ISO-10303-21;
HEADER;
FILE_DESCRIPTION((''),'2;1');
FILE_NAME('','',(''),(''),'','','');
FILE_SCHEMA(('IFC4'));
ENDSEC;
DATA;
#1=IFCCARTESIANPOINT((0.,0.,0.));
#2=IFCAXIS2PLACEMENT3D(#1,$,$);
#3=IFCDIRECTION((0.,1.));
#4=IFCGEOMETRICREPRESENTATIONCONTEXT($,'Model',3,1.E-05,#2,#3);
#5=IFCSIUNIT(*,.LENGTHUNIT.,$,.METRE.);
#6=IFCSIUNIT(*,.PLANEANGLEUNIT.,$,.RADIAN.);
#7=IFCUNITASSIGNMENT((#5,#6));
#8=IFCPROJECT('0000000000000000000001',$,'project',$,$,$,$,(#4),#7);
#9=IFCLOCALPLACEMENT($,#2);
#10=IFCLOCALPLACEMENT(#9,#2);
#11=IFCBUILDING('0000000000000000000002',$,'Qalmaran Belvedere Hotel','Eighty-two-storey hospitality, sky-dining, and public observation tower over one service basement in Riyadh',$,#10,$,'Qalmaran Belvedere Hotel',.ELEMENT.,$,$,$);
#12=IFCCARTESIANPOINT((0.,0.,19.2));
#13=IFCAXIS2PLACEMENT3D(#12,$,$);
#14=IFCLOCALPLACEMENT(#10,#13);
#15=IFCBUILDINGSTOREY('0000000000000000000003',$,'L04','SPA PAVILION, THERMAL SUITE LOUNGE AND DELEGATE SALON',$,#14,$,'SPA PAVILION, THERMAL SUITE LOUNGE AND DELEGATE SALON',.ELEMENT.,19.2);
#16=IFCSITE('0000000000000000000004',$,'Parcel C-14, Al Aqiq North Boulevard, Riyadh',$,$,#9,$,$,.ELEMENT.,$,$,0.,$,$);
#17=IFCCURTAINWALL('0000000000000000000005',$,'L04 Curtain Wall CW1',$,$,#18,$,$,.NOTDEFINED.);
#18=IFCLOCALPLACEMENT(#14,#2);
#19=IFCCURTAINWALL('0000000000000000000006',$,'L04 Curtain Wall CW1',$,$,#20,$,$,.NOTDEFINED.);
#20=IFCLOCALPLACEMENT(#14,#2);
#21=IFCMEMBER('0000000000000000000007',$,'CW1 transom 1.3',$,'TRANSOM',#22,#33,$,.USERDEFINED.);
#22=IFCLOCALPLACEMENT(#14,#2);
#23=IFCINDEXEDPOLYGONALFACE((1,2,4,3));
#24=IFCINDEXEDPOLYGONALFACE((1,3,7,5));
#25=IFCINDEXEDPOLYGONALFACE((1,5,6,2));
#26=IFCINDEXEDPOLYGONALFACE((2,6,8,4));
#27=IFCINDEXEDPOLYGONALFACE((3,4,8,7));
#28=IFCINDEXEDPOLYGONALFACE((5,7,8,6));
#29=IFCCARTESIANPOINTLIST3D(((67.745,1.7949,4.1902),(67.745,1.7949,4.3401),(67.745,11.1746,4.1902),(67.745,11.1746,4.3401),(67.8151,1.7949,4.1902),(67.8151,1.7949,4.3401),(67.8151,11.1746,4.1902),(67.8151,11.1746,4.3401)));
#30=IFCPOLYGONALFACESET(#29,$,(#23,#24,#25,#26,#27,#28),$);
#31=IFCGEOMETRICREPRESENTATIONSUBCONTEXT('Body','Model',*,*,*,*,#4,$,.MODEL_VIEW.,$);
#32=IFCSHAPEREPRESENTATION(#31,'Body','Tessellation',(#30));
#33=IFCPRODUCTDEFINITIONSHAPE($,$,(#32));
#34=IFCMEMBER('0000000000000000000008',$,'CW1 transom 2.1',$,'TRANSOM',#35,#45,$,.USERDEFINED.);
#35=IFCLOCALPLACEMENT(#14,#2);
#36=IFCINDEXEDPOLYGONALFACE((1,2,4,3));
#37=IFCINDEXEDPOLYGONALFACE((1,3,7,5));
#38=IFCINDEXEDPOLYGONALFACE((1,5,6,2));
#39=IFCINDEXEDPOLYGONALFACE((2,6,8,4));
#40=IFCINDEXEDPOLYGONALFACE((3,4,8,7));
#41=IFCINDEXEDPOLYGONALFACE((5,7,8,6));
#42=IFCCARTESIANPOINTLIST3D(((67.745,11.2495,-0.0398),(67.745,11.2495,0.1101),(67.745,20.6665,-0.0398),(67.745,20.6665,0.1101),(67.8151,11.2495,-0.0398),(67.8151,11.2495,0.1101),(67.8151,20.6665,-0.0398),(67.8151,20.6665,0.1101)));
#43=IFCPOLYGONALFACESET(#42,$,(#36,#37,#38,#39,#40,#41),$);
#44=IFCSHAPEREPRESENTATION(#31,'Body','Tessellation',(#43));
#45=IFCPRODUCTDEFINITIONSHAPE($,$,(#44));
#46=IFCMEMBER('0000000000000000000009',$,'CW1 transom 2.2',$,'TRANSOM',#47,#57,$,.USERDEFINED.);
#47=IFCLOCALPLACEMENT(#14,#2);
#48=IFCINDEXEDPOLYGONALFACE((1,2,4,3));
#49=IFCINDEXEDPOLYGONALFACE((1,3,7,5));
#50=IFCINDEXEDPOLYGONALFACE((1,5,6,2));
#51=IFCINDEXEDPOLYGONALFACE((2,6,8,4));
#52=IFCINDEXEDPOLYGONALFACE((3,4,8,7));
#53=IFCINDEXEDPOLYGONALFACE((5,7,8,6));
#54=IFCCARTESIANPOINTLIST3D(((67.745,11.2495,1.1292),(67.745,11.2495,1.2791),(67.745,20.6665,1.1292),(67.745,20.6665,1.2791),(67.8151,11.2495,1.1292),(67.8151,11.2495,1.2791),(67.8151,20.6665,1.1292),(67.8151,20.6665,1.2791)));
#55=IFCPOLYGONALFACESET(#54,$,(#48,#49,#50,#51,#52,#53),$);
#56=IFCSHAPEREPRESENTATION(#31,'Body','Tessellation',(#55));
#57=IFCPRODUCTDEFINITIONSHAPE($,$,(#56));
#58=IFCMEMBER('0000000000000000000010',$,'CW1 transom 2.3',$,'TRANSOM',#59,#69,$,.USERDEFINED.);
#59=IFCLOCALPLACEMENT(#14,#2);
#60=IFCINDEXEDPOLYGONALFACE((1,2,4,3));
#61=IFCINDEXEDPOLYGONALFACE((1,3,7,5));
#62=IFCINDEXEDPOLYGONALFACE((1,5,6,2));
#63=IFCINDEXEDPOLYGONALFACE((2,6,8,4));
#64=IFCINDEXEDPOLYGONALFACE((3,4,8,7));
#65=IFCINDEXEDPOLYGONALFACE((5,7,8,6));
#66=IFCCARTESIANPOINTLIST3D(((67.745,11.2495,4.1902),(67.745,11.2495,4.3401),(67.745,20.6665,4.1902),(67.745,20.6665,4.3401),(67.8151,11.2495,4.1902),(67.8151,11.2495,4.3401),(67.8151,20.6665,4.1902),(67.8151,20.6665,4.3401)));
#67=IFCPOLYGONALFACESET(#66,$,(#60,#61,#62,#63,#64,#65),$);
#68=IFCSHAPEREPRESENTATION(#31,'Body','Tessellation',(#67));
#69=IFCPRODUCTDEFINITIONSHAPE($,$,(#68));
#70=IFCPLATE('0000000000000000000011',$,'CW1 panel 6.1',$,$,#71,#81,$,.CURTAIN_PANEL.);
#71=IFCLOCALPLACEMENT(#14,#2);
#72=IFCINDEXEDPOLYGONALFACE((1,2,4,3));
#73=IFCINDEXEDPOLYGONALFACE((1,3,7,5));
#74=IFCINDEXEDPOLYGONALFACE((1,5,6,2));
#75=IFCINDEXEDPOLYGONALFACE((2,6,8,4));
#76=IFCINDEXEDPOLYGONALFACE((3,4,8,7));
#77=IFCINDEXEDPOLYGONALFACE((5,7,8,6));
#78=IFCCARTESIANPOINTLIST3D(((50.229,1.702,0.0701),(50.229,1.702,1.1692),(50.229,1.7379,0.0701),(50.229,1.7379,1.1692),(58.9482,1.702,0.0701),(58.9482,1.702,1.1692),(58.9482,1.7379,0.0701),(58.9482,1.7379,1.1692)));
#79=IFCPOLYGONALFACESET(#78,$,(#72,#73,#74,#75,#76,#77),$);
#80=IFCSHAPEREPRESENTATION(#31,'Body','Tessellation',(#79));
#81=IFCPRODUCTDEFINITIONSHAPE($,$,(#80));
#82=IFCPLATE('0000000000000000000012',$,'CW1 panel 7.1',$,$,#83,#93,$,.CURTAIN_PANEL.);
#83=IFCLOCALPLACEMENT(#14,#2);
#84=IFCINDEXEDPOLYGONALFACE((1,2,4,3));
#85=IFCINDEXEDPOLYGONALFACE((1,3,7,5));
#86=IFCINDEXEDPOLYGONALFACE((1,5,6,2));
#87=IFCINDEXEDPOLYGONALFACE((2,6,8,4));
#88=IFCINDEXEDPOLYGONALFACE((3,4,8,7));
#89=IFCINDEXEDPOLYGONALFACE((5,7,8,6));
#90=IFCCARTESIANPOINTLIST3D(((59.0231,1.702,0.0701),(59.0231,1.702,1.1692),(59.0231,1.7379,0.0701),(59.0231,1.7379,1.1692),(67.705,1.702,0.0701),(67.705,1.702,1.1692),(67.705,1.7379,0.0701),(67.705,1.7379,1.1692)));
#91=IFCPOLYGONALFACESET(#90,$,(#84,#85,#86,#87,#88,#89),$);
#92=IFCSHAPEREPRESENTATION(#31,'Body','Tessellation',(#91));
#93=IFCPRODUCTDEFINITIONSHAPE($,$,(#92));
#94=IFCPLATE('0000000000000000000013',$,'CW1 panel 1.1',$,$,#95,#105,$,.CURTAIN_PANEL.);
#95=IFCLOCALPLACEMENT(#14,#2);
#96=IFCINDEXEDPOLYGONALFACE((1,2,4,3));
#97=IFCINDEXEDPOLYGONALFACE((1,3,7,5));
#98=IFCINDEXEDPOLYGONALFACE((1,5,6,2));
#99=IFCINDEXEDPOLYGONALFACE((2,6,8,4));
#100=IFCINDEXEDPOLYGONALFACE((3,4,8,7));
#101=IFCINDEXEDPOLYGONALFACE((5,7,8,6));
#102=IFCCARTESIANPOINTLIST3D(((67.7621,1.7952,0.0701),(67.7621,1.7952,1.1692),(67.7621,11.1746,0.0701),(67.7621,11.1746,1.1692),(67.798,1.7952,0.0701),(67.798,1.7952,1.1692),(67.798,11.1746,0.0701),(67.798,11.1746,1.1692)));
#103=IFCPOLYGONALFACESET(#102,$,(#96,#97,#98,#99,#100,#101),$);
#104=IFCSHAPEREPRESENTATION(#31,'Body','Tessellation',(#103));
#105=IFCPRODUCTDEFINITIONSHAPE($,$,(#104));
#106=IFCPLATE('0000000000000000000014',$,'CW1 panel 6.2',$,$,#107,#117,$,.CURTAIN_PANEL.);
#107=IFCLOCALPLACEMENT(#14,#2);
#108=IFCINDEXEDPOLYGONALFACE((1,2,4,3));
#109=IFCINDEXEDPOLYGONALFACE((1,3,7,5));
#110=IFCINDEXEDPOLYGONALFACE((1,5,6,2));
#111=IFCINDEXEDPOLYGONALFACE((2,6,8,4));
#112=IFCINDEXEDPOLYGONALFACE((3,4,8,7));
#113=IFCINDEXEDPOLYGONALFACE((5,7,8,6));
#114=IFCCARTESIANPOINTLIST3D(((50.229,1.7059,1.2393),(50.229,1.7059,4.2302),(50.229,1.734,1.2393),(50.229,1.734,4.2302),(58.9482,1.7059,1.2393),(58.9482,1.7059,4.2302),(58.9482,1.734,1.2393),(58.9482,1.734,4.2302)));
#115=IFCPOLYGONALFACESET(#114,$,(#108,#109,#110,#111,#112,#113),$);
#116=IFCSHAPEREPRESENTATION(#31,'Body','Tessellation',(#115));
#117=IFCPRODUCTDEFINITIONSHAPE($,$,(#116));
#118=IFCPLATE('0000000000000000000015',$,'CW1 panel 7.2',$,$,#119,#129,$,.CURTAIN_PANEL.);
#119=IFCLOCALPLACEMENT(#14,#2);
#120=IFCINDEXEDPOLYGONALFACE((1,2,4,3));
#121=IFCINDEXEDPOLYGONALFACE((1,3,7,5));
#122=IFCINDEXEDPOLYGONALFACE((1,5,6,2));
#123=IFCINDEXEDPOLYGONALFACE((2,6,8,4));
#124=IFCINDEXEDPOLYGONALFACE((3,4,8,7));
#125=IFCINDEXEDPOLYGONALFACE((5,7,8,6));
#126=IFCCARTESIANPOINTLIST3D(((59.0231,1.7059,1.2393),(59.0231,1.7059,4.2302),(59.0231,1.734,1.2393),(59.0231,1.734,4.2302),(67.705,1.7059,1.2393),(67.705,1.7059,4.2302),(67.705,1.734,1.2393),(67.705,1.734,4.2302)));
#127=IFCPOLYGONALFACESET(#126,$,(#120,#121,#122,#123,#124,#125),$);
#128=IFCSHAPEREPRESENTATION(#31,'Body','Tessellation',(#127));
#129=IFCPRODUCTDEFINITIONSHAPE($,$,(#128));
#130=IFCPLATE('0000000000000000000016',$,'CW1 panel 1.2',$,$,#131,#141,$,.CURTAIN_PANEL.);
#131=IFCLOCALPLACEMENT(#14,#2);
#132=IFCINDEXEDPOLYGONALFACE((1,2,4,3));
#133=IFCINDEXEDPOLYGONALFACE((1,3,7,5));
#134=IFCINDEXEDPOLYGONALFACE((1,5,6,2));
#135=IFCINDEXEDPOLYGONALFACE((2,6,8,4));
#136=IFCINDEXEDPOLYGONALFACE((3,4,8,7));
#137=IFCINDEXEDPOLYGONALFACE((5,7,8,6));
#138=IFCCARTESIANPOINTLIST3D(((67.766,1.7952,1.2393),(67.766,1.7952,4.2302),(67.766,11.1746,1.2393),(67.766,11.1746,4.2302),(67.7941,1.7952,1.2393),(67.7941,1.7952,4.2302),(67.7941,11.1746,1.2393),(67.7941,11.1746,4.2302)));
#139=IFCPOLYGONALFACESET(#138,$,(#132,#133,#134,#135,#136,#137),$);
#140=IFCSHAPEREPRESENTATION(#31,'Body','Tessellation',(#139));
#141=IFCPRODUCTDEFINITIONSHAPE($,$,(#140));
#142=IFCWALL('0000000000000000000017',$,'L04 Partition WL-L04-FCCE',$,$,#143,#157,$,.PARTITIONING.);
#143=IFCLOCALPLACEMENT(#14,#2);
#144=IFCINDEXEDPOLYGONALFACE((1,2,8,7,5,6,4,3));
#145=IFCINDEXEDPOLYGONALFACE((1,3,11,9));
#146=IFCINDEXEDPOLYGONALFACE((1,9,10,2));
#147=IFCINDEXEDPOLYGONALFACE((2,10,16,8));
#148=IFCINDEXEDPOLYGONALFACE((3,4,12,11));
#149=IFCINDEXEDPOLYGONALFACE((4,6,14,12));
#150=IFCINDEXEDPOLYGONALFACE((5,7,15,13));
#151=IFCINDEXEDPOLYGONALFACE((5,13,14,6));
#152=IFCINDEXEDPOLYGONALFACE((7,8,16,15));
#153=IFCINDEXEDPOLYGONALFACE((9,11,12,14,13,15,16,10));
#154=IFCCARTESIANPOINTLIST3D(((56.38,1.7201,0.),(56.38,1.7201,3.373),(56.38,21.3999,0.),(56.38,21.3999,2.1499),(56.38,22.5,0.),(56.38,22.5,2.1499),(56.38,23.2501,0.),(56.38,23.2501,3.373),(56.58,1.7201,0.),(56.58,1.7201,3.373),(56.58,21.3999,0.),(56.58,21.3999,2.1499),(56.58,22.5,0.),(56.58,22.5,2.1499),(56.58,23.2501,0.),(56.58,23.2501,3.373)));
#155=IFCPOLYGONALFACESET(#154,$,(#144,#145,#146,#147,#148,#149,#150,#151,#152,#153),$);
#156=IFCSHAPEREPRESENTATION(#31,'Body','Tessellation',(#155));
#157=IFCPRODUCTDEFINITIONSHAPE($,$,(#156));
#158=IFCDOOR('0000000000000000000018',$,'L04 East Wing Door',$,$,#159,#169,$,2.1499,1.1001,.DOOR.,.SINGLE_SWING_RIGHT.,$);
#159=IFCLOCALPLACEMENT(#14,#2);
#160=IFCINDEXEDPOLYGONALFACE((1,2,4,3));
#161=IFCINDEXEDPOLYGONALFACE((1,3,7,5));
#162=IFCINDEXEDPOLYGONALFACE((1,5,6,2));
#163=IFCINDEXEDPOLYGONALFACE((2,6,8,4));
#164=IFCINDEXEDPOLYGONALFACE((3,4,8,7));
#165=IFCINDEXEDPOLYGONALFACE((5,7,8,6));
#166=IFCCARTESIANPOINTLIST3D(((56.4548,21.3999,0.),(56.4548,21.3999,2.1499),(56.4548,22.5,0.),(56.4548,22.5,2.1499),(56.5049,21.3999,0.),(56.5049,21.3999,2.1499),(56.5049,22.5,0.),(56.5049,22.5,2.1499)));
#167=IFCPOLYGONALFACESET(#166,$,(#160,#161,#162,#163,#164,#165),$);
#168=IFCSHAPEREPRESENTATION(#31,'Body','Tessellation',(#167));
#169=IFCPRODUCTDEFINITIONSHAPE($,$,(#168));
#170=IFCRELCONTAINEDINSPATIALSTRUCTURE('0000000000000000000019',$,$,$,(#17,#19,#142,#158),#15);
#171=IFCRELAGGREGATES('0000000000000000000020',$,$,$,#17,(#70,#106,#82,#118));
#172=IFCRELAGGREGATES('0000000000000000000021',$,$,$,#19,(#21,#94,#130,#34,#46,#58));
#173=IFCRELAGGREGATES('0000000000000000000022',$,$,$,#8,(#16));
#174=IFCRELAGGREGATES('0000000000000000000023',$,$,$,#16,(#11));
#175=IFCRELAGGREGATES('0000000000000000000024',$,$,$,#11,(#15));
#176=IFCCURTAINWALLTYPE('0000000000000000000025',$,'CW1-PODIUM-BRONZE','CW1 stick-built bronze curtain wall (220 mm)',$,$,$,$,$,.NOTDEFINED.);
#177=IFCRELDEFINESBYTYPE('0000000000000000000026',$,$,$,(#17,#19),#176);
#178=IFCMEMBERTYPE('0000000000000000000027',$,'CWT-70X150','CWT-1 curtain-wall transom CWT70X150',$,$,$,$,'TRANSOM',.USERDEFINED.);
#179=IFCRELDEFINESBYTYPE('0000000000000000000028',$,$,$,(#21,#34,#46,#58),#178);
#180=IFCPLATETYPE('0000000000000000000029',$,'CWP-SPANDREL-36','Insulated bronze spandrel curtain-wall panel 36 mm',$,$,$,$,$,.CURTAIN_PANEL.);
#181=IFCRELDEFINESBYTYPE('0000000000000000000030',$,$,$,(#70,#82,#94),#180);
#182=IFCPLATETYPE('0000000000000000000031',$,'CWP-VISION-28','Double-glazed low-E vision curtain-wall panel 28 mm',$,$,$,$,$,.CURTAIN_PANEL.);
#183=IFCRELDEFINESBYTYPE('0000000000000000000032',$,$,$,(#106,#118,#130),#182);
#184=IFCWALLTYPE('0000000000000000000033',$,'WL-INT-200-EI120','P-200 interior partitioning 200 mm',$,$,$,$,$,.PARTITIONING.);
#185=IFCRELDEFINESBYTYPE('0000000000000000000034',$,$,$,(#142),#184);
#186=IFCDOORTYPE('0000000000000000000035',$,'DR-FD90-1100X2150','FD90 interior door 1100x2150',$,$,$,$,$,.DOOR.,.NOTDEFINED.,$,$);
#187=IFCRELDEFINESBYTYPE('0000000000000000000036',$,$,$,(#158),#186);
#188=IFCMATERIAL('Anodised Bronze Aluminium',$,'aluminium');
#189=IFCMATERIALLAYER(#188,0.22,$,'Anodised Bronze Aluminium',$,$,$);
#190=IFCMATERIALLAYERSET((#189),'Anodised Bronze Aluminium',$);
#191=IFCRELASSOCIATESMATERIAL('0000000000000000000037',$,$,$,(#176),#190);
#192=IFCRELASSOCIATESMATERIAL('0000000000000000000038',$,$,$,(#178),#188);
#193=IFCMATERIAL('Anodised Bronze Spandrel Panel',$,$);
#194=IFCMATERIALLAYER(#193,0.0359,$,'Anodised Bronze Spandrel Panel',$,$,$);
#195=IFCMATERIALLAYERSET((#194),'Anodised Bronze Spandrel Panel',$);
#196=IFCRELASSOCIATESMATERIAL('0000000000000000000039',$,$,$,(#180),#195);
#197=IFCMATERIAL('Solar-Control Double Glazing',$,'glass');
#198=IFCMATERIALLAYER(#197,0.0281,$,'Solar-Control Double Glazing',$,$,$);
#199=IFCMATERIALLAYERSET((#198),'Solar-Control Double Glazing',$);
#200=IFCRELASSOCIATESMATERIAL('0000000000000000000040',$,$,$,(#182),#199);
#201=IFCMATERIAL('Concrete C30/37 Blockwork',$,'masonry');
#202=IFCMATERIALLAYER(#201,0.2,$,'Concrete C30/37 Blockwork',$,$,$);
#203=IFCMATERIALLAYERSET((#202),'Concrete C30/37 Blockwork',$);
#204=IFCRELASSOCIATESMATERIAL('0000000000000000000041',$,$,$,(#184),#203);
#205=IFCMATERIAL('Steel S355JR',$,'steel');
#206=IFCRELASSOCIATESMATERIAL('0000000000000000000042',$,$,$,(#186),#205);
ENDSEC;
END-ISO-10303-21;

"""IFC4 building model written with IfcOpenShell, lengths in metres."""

from ifc_helpers import new_model, si_unit, direction, frame, frame_2d, origin, origin_2d, place, context, subcontext, project, spatial, rectangle, extrude, material, layer, layer_set, material_profile, profile_set, type_object, element, fill, aggregate, save


model = new_model("IFC4")

# Units and contexts
model_context = context("Model", 3, precision=1e-05, world=origin(), true_north=direction((0.0, 1.0)))
body_context = subcontext(model_context, "Body", "Model", "MODEL_VIEW")
ifc_project = project(units=[si_unit("LENGTHUNIT", "METRE"), si_unit("PLANEANGLEUNIT", "RADIAN")], contexts=[model_context])

# Site, building, storey
site_placement = place(None, origin())
site = spatial("IfcSite", under=ifc_project, at=site_placement, Name="Parcel C-14, Al Aqiq North Boulevard, Riyadh", CompositionType="ELEMENT", RefElevation=0.0)
building_placement = place(site_placement, origin())
building = spatial("IfcBuilding", under=site, at=building_placement, Name="Qalmaran Belvedere Hotel", Description="Eighty-two-storey hospitality, sky-dining, and public observation tower over one service basement in Riyadh", LongName="Qalmaran Belvedere Hotel", CompositionType="ELEMENT")
storey_placement = place(building_placement, frame((0.0, 0.0, 19.2)))
storey = spatial("IfcBuildingStorey", under=building, at=storey_placement, Name="L04", Description="SPA PAVILION, THERMAL SUITE LOUNGE AND DELEGATE SALON", LongName="SPA PAVILION, THERMAL SUITE LOUNGE AND DELEGATE SALON", CompositionType="ELEMENT", Elevation=19.2)

# Shared definitions
ifc_material_1 = material(Name="Steel S355JR", Category="steel")

# Curtain walls
ifc_material_2 = material(Name="Anodised Bronze Aluminium", Category="aluminium")
ifc_layer_1 = layer(ifc_material_2, 0.22, Name="Anodised Bronze Aluminium")
ifc_layer_set_1 = layer_set([ifc_layer_1], Name="Anodised Bronze Aluminium")
curtain_wall_type = type_object("IfcCurtainWallType", Name="CW1-PODIUM-BRONZE", Description="CW1 stick-built bronze curtain wall (220 mm)", PredefinedType="NOTDEFINED", material=ifc_layer_set_1)
curtain_wall_1_placement = place(storey_placement, origin())
curtain_wall_1 = element("IfcCurtainWall", 1, at=curtain_wall_1_placement, inside=storey, type_object=curtain_wall_type, Name="L04 Curtain Wall CW1", PredefinedType="NOTDEFINED")
curtain_wall_2_placement = place(storey_placement, origin())
curtain_wall_2 = element("IfcCurtainWall", 2, at=curtain_wall_2_placement, inside=storey, type_object=curtain_wall_type, Name="L04 Curtain Wall CW1", PredefinedType="NOTDEFINED")

# Members
ifc_material_profile_1 = material_profile(ifc_material_2, rectangle(XDim=0.0701, YDim=0.1499, at=origin_2d()), Name="CWT70X150")
ifc_profile_set_1 = profile_set([ifc_material_profile_1], Name="Anodised Bronze Aluminium")
member_type_1 = type_object("IfcMemberType", Name="CWT-70X150", Description="CWT-1 curtain-wall transom CWT70X150", ElementType="TRANSOM", PredefinedType="USERDEFINED", material=ifc_profile_set_1)
member_1_placement = place(storey_placement, frame((67.78, 1.7949, 4.2651), z_axis=(0.0, 1.0, 0.0), x_axis=(-1.0, 0.0, 0.0)))
member_1 = element("IfcMember", 3, at=member_1_placement, type_object=member_type_1, Name="CW1 transom 1.3", ObjectType="TRANSOM", PredefinedType="USERDEFINED", context=body_context, shape_type="SweptSolid", body=[
    extrude(rectangle(XDim=0.0701, YDim=0.1499, at=origin_2d()), origin(), (0.0, 0.0, 1.0), 9.3796),
])
member_2_placement = place(storey_placement, frame((67.78, 11.2495, 0.0352), z_axis=(0.0, 1.0, 0.0), x_axis=(-1.0, 0.0, 0.0)))
member_2 = element("IfcMember", 4, at=member_2_placement, type_object=member_type_1, Name="CW1 transom 2.1", ObjectType="TRANSOM", PredefinedType="USERDEFINED", context=body_context, shape_type="SweptSolid", body=[
    extrude(rectangle(XDim=0.0701, YDim=0.1499, at=origin_2d()), origin(), (0.0, 0.0, 1.0), 9.417),
])
member_3_placement = place(storey_placement, frame((67.78, 11.2495, 1.2041), z_axis=(0.0, 1.0, 0.0), x_axis=(-1.0, 0.0, 0.0)))
member_3 = element("IfcMember", 5, at=member_3_placement, type_object=member_type_1, Name="CW1 transom 2.2", ObjectType="TRANSOM", PredefinedType="USERDEFINED", context=body_context, shape_type="SweptSolid", body=[
    extrude(rectangle(XDim=0.0701, YDim=0.1499, at=origin_2d()), origin(), (0.0, 0.0, 1.0), 9.417),
])
member_4_placement = place(storey_placement, frame((67.78, 11.2495, 4.2651), z_axis=(0.0, 1.0, 0.0), x_axis=(-1.0, 0.0, 0.0)))
member_4 = element("IfcMember", 6, at=member_4_placement, type_object=member_type_1, Name="CW1 transom 2.3", ObjectType="TRANSOM", PredefinedType="USERDEFINED", context=body_context, shape_type="SweptSolid", body=[
    extrude(rectangle(XDim=0.0701, YDim=0.1499, at=origin_2d()), origin(), (0.0, 0.0, 1.0), 9.417),
])

# Plates
ifc_material_3 = material(Name="Anodised Bronze Spandrel Panel")
ifc_layer_2 = layer(ifc_material_3, 0.0359, Name="Anodised Bronze Spandrel Panel")
ifc_layer_set_2 = layer_set([ifc_layer_2], Name="Anodised Bronze Spandrel Panel")
plate_type_1 = type_object("IfcPlateType", Name="CWP-SPANDREL-36", Description="Insulated bronze spandrel curtain-wall panel 36 mm", PredefinedType="CURTAIN_PANEL", material=ifc_layer_set_2)
plate_1_placement = place(storey_placement, frame((54.5886, 1.72, 0.0701), z_axis=(0.0, 0.0, 1.0), x_axis=(1.0, 0.0, 0.0)))
plate_1 = element("IfcPlate", 7, at=plate_1_placement, type_object=plate_type_1, Name="CW1 panel 6.1", PredefinedType="CURTAIN_PANEL", context=body_context, shape_type="SweptSolid", body=[
    extrude(rectangle(XDim=8.7192, YDim=0.0359, at=origin_2d()), origin(), (0.0, 0.0, 1.0), 1.0991),
])
plate_2_placement = place(storey_placement, frame((63.364, 1.72, 0.0701), z_axis=(0.0, 0.0, 1.0), x_axis=(1.0, 0.0, 0.0)))
plate_2 = element("IfcPlate", 8, at=plate_2_placement, type_object=plate_type_1, Name="CW1 panel 7.1", PredefinedType="CURTAIN_PANEL", context=body_context, shape_type="SweptSolid", body=[
    extrude(rectangle(XDim=8.6819, YDim=0.0359, at=origin_2d()), origin(), (0.0, 0.0, 1.0), 1.0991),
])
plate_3_placement = place(storey_placement, frame((67.78, 6.4849, 0.0701), z_axis=(0.0, 0.0, 1.0), x_axis=(0.0, 1.0, 0.0)))
plate_3 = element("IfcPlate", 9, at=plate_3_placement, type_object=plate_type_1, Name="CW1 panel 1.1", PredefinedType="CURTAIN_PANEL", context=body_context, shape_type="SweptSolid", body=[
    extrude(rectangle(XDim=9.3794, YDim=0.0359, at=origin_2d()), origin(), (0.0, 0.0, 1.0), 1.0991),
])
ifc_material_4 = material(Name="Solar-Control Double Glazing", Category="glass")
ifc_layer_3 = layer(ifc_material_4, 0.0281, Name="Solar-Control Double Glazing")
ifc_layer_set_3 = layer_set([ifc_layer_3], Name="Solar-Control Double Glazing")
plate_type_2 = type_object("IfcPlateType", Name="CWP-VISION-28", Description="Double-glazed low-E vision curtain-wall panel 28 mm", PredefinedType="CURTAIN_PANEL", material=ifc_layer_set_3)
plate_4_placement = place(storey_placement, frame((54.5886, 1.72, 1.2393), z_axis=(0.0, 0.0, 1.0), x_axis=(1.0, 0.0, 0.0)))
plate_4 = element("IfcPlate", 10, at=plate_4_placement, type_object=plate_type_2, Name="CW1 panel 6.2", PredefinedType="CURTAIN_PANEL", context=body_context, shape_type="SweptSolid", body=[
    extrude(rectangle(XDim=8.7192, YDim=0.0281, at=origin_2d()), origin(), (0.0, 0.0, 1.0), 2.991),
])
plate_5_placement = place(storey_placement, frame((63.364, 1.72, 1.2393), z_axis=(0.0, 0.0, 1.0), x_axis=(1.0, 0.0, 0.0)))
plate_5 = element("IfcPlate", 11, at=plate_5_placement, type_object=plate_type_2, Name="CW1 panel 7.2", PredefinedType="CURTAIN_PANEL", context=body_context, shape_type="SweptSolid", body=[
    extrude(rectangle(XDim=8.6819, YDim=0.0281, at=origin_2d()), origin(), (0.0, 0.0, 1.0), 2.991),
])
aggregate(curtain_wall_1, [plate_1, plate_4, plate_2, plate_5])
plate_6_placement = place(storey_placement, frame((67.78, 6.4849, 1.2393), z_axis=(0.0, 0.0, 1.0), x_axis=(0.0, 1.0, 0.0)))
plate_6 = element("IfcPlate", 12, at=plate_6_placement, type_object=plate_type_2, Name="CW1 panel 1.2", PredefinedType="CURTAIN_PANEL", context=body_context, shape_type="SweptSolid", body=[
    extrude(rectangle(XDim=9.3794, YDim=0.0281, at=origin_2d()), origin(), (0.0, 0.0, 1.0), 2.991),
])
aggregate(curtain_wall_2, [member_1, plate_3, plate_6, member_2, member_3, member_4])

# Wall, opening, door
ifc_material_5 = material(Name="Concrete C30/37 Blockwork", Category="masonry")
ifc_layer_4 = layer(ifc_material_5, 0.2, Name="Concrete C30/37 Blockwork")
ifc_layer_set_4 = layer_set([ifc_layer_4], Name="Concrete C30/37 Blockwork")
wall_type = type_object("IfcWallType", Name="WL-INT-200-EI120", Description="P-200 interior partitioning 200 mm", PredefinedType="PARTITIONING", material=ifc_layer_set_4)
wall_placement = place(storey_placement, frame((56.48, 1.72, 0.0), z_axis=(0.0, 0.0, 1.0), x_axis=(0.0, 1.0, 0.0)))
wall = element("IfcWall", 13, at=wall_placement, inside=storey, type_object=wall_type, Name="L04 Partition WL-L04-FCCE", PredefinedType="PARTITIONING", context=body_context, shape_type="SweptSolid", body=[
    extrude(rectangle(XDim=21.53, YDim=0.2, at=frame_2d((10.7651, 0.0))), origin(), (0.0, 0.0, 1.0), 3.373),
])
opening_placement = place(wall_placement, frame((20.78, 0.0, 0.0), z_axis=(0.0, 0.0, 1.0), x_axis=(-1.0, 0.0, 0.0)))
opening = element("IfcOpeningElement", 14, at=opening_placement, cuts=wall, PredefinedType="OPENING", context=body_context, shape_type="SweptSolid", body=[
    extrude(rectangle(XDim=1.1001, YDim=2.1499, at=frame_2d((0.55, 1.075))), frame((0.0, 0.1099, 0.0), z_axis=(0.0, -1.0, 0.0), x_axis=(1.0, 0.0, 0.0)), (0.0, 0.0, 1.0), 0.22),
])
door_type = type_object("IfcDoorType", Name="DR-FD90-1100X2150", Description="FD90 interior door 1100x2150", OperationType="NOTDEFINED", PredefinedType="DOOR", material=ifc_material_1)
door_placement = place(opening_placement, origin())
door = element("IfcDoor", 15, at=door_placement, inside=storey, type_object=door_type, Name="L04 East Wing Door", OperationType="SINGLE_SWING_RIGHT", OverallHeight=2.1499, OverallWidth=1.1001, PredefinedType="DOOR", context=body_context, shape_type="SweptSolid", body=[
    extrude(rectangle(XDim=1.1001, YDim=2.1499, at=frame_2d((0.55, 1.075))), frame((0.0, 0.0249, 0.0), z_axis=(0.0, -1.0, 0.0), x_axis=(1.0, 0.0, 0.0)), (0.0, 0.0, 1.0), 0.05),
])
fill(opening, door)

save(model, "model.ifc")
